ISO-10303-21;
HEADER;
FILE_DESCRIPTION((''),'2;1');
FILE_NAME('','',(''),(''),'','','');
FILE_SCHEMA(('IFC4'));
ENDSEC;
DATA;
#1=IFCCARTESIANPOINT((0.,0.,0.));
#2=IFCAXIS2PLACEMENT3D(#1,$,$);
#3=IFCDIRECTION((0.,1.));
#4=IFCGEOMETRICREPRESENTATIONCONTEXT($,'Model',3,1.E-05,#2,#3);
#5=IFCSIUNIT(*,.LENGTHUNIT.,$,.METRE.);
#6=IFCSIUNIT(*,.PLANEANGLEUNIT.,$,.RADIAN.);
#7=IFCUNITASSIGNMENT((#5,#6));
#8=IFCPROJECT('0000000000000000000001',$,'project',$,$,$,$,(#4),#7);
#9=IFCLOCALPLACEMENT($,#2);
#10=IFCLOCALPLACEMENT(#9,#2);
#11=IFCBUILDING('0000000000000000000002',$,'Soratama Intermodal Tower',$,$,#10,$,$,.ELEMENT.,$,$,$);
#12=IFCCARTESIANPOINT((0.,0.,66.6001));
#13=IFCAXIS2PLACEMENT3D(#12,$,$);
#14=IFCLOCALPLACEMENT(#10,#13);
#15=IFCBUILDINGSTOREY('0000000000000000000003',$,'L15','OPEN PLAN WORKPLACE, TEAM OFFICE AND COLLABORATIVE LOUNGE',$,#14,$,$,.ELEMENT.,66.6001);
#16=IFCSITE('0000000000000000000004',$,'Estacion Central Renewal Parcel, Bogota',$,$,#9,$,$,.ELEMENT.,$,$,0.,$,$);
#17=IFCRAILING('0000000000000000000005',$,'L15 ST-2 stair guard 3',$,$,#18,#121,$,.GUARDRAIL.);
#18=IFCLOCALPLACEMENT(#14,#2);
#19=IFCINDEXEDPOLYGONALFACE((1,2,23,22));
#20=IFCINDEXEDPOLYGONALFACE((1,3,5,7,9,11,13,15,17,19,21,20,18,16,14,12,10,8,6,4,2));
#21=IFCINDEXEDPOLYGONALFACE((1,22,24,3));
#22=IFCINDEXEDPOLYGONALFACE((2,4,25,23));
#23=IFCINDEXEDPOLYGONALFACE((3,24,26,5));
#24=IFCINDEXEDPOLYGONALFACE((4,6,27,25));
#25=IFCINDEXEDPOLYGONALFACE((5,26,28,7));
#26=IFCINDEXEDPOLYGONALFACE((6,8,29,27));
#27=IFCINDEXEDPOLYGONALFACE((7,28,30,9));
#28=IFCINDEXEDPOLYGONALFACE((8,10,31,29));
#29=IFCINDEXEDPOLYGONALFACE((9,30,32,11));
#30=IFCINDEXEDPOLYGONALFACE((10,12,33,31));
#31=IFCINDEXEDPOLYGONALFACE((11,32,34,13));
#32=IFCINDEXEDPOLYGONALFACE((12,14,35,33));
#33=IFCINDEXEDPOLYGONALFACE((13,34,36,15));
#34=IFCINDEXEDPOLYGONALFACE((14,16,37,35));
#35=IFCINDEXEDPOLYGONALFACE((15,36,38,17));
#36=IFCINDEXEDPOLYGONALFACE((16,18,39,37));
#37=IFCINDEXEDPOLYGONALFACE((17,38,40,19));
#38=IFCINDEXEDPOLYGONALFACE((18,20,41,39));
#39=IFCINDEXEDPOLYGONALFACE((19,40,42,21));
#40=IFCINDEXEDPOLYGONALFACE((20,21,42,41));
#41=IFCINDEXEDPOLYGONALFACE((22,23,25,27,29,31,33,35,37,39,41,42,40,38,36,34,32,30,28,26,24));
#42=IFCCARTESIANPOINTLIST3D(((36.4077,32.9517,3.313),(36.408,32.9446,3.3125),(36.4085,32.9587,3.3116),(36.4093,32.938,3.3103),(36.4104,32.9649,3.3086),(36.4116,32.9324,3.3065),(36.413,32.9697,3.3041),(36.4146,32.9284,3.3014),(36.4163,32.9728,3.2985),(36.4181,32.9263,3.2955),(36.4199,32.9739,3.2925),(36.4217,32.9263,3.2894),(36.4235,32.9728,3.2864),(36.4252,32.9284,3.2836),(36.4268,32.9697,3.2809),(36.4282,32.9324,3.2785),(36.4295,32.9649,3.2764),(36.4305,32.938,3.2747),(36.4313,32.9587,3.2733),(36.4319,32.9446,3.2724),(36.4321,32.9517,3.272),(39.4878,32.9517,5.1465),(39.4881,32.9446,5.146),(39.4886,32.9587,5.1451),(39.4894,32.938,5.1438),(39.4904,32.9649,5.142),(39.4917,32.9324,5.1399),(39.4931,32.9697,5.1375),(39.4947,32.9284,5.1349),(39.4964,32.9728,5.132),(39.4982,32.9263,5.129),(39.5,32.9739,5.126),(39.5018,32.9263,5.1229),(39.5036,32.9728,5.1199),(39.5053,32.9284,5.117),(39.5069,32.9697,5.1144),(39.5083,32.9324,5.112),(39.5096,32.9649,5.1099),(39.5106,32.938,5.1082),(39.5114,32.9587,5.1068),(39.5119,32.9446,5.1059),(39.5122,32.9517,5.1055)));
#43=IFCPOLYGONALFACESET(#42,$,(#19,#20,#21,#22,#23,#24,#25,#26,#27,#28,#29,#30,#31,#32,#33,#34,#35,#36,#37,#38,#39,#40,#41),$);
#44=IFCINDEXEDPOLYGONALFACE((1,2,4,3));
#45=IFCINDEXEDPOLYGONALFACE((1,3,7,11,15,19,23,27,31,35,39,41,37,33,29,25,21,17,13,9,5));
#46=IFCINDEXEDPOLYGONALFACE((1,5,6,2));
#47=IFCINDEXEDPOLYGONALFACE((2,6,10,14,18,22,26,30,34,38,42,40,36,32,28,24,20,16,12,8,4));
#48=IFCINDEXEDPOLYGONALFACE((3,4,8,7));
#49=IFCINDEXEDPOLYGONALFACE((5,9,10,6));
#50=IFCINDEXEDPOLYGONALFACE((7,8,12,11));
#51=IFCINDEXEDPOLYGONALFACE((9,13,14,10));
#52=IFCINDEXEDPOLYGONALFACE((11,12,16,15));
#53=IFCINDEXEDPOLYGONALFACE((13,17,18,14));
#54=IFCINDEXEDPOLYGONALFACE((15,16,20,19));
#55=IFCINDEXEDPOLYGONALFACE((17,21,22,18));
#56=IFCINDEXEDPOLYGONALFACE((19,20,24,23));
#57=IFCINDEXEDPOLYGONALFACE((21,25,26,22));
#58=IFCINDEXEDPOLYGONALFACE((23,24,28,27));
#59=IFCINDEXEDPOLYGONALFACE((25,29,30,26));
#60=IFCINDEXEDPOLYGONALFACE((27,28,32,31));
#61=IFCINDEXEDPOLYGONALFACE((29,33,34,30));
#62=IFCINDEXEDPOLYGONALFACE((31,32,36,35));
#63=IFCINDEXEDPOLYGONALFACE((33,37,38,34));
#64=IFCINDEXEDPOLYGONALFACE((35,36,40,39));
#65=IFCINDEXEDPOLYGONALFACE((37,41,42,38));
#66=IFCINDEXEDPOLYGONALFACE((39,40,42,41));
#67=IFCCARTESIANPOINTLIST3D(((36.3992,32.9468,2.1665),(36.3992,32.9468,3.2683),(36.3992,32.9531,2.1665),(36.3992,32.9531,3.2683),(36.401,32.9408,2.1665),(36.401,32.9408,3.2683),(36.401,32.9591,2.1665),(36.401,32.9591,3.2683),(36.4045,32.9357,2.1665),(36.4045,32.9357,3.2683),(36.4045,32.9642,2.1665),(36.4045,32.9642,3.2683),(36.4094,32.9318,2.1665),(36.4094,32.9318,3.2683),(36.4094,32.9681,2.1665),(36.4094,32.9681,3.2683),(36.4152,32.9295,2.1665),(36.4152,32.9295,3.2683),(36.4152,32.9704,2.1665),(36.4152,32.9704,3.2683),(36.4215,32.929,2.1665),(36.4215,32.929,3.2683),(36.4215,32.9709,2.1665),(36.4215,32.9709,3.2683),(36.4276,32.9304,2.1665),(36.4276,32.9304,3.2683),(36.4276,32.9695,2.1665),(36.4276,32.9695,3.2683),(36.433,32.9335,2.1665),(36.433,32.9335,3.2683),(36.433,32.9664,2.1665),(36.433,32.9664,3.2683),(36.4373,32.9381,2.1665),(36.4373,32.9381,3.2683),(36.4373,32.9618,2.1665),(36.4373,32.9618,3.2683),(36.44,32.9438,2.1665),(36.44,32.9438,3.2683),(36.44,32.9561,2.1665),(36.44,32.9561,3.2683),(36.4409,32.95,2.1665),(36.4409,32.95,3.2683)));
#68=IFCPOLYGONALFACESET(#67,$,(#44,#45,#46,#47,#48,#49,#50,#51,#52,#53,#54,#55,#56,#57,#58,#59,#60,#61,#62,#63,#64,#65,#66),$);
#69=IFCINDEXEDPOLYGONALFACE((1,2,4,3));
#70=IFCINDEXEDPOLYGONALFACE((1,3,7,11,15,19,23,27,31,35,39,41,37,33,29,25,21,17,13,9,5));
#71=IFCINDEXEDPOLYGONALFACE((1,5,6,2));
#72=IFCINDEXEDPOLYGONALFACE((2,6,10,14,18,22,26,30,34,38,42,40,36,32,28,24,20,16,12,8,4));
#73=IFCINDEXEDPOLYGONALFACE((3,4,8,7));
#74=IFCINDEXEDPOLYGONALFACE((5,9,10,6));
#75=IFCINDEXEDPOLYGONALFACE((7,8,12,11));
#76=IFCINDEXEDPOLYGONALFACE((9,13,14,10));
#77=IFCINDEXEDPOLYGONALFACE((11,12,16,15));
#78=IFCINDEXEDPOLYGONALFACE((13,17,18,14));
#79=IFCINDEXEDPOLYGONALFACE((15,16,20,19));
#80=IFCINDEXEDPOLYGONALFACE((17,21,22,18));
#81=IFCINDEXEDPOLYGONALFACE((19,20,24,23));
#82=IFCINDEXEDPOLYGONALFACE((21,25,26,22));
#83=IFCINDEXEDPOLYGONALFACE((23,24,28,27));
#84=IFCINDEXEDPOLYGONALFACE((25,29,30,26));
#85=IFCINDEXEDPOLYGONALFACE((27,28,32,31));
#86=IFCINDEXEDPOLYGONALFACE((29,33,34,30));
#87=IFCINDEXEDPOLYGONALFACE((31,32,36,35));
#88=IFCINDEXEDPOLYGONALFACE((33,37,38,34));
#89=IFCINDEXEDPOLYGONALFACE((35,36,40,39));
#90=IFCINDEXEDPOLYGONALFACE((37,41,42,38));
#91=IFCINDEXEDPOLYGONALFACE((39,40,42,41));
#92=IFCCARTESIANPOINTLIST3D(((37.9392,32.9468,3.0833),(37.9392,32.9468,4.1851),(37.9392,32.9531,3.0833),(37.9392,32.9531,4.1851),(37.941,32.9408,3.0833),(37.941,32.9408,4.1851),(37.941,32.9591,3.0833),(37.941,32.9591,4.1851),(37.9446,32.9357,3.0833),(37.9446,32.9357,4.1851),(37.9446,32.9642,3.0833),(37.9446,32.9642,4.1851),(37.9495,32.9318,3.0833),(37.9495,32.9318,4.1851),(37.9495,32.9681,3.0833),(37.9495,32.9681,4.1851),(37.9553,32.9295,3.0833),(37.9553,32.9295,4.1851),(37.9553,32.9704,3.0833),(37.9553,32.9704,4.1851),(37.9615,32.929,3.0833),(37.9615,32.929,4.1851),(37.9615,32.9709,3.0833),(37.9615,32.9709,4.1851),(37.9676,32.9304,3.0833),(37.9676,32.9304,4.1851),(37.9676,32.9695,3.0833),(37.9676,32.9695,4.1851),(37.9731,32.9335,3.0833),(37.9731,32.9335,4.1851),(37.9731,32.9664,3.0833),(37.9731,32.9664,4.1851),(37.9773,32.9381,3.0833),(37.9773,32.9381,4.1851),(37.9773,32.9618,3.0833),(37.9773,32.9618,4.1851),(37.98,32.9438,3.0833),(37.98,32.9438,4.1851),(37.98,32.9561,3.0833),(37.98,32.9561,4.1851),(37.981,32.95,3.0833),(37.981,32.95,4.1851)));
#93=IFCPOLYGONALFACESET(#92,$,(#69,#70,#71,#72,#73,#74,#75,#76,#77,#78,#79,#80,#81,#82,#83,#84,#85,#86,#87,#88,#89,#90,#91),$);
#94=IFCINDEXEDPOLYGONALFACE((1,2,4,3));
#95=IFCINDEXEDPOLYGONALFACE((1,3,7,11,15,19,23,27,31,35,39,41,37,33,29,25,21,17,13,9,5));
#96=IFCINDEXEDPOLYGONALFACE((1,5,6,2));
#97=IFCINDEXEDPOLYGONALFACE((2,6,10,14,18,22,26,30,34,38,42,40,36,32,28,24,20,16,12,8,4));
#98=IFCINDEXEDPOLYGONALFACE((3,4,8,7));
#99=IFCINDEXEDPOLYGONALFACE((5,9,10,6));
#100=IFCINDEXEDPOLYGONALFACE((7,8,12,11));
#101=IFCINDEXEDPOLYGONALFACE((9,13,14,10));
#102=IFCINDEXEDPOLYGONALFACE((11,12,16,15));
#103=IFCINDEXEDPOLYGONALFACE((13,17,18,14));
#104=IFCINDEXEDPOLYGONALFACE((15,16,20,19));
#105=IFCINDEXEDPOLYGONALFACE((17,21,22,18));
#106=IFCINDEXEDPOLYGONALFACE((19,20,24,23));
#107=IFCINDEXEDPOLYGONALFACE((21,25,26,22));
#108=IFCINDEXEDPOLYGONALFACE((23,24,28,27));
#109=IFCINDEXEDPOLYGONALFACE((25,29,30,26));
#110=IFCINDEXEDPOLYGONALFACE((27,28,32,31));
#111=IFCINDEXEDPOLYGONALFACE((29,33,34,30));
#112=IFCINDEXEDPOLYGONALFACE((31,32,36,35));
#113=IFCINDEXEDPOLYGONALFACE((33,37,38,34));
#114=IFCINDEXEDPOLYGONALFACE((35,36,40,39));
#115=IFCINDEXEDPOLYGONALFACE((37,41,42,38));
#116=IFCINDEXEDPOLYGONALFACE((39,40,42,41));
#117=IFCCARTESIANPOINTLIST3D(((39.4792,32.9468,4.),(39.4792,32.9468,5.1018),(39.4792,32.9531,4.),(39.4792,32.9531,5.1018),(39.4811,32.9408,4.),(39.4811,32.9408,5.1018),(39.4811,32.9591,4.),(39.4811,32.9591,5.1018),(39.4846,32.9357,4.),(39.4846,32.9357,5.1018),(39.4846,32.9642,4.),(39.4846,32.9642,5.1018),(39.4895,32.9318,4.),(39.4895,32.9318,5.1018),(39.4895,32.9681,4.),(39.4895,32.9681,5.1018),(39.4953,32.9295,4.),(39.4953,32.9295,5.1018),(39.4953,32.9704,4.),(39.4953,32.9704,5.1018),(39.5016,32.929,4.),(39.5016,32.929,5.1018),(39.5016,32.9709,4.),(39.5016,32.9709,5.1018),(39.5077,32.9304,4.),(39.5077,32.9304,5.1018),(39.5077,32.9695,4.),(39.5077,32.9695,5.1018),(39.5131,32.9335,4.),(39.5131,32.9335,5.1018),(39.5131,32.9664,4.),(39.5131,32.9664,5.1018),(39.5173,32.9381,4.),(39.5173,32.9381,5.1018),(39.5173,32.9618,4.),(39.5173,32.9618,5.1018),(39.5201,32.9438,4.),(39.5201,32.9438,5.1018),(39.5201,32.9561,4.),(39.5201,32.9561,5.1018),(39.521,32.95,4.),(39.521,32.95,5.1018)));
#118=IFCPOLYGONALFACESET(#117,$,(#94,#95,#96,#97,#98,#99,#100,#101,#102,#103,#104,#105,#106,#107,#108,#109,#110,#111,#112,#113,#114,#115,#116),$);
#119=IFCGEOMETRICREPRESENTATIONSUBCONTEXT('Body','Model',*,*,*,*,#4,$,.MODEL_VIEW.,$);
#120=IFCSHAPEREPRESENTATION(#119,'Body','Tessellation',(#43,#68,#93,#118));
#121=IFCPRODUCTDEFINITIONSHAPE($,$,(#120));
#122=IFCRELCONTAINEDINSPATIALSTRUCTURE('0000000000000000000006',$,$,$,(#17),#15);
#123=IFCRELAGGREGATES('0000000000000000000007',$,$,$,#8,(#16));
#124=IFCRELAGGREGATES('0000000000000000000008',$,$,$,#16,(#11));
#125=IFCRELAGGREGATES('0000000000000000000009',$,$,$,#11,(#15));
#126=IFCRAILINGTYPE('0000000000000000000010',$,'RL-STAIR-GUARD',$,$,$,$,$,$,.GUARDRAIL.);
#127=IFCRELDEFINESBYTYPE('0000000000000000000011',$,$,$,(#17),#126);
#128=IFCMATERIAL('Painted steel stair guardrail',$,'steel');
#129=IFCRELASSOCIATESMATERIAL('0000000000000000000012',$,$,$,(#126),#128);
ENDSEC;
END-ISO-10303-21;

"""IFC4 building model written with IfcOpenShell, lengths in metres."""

from ifc_helpers import new_model, si_unit, direction, frame, origin, origin_2d, place, context, subcontext, project, spatial, circle, extrude, material, type_object, element, save


model = new_model("IFC4")

# Units and contexts
model_context = context("Model", 3, precision=1e-05, world=origin(), true_north=direction((0.0, 1.0)))
body_context = subcontext(model_context, "Body", "Model", "MODEL_VIEW")
ifc_project = project(units=[si_unit("LENGTHUNIT", "METRE"), si_unit("PLANEANGLEUNIT", "RADIAN")], contexts=[model_context])

# Site, building, storey
site_placement = place(None, origin())
site = spatial("IfcSite", under=ifc_project, at=site_placement, Name="Estacion Central Renewal Parcel, Bogota", CompositionType="ELEMENT", RefElevation=0.0)
building_placement = place(site_placement, origin())
building = spatial("IfcBuilding", under=site, at=building_placement, Name="Soratama Intermodal Tower", CompositionType="ELEMENT")
storey_placement = place(building_placement, frame((0.0, 0.0, 66.6001)))
storey = spatial("IfcBuildingStorey", under=building, at=storey_placement, Name="L15", Description="OPEN PLAN WORKPLACE, TEAM OFFICE AND COLLABORATIVE LOUNGE", CompositionType="ELEMENT", Elevation=66.6001)

# Railing
ifc_material_1 = material(Name="Painted steel stair guardrail", Category="steel")
railing_type_1 = type_object("IfcRailingType", Name="RL-STAIR-GUARD", PredefinedType="GUARDRAIL", material=ifc_material_1)
railing_1_placement = place(storey_placement, frame((36.4199, 32.95, 2.1665)))
element("IfcRailing", 1, at=railing_1_placement, inside=storey, type_object=railing_type_1, Name="L15 ST-2 stair guard 3", PredefinedType="GUARDRAIL", context=body_context, shape_type="SweptSolid", body=[
    extrude(circle(Radius=0.0239, at=origin_2d()), frame((0.0, 0.0, 1.126), z_axis=(0.859279, 0.0, 0.511508), x_axis=(0.0, 1.0, 0.0)), (0.0, 0.0, 1.0), 3.5845),
    extrude(circle(Radius=0.021, at=origin_2d()), origin(), (0.0, 0.0, 1.0), 1.1018),
    extrude(circle(Radius=0.021, at=origin_2d()), frame((1.54, 0.0, 0.9167)), (0.0, 0.0, 1.0), 1.1018),
    extrude(circle(Radius=0.021, at=origin_2d()), frame((3.0801, 0.0, 1.8335)), (0.0, 0.0, 1.0), 1.1018),
])

save(model, "model.ifc")
